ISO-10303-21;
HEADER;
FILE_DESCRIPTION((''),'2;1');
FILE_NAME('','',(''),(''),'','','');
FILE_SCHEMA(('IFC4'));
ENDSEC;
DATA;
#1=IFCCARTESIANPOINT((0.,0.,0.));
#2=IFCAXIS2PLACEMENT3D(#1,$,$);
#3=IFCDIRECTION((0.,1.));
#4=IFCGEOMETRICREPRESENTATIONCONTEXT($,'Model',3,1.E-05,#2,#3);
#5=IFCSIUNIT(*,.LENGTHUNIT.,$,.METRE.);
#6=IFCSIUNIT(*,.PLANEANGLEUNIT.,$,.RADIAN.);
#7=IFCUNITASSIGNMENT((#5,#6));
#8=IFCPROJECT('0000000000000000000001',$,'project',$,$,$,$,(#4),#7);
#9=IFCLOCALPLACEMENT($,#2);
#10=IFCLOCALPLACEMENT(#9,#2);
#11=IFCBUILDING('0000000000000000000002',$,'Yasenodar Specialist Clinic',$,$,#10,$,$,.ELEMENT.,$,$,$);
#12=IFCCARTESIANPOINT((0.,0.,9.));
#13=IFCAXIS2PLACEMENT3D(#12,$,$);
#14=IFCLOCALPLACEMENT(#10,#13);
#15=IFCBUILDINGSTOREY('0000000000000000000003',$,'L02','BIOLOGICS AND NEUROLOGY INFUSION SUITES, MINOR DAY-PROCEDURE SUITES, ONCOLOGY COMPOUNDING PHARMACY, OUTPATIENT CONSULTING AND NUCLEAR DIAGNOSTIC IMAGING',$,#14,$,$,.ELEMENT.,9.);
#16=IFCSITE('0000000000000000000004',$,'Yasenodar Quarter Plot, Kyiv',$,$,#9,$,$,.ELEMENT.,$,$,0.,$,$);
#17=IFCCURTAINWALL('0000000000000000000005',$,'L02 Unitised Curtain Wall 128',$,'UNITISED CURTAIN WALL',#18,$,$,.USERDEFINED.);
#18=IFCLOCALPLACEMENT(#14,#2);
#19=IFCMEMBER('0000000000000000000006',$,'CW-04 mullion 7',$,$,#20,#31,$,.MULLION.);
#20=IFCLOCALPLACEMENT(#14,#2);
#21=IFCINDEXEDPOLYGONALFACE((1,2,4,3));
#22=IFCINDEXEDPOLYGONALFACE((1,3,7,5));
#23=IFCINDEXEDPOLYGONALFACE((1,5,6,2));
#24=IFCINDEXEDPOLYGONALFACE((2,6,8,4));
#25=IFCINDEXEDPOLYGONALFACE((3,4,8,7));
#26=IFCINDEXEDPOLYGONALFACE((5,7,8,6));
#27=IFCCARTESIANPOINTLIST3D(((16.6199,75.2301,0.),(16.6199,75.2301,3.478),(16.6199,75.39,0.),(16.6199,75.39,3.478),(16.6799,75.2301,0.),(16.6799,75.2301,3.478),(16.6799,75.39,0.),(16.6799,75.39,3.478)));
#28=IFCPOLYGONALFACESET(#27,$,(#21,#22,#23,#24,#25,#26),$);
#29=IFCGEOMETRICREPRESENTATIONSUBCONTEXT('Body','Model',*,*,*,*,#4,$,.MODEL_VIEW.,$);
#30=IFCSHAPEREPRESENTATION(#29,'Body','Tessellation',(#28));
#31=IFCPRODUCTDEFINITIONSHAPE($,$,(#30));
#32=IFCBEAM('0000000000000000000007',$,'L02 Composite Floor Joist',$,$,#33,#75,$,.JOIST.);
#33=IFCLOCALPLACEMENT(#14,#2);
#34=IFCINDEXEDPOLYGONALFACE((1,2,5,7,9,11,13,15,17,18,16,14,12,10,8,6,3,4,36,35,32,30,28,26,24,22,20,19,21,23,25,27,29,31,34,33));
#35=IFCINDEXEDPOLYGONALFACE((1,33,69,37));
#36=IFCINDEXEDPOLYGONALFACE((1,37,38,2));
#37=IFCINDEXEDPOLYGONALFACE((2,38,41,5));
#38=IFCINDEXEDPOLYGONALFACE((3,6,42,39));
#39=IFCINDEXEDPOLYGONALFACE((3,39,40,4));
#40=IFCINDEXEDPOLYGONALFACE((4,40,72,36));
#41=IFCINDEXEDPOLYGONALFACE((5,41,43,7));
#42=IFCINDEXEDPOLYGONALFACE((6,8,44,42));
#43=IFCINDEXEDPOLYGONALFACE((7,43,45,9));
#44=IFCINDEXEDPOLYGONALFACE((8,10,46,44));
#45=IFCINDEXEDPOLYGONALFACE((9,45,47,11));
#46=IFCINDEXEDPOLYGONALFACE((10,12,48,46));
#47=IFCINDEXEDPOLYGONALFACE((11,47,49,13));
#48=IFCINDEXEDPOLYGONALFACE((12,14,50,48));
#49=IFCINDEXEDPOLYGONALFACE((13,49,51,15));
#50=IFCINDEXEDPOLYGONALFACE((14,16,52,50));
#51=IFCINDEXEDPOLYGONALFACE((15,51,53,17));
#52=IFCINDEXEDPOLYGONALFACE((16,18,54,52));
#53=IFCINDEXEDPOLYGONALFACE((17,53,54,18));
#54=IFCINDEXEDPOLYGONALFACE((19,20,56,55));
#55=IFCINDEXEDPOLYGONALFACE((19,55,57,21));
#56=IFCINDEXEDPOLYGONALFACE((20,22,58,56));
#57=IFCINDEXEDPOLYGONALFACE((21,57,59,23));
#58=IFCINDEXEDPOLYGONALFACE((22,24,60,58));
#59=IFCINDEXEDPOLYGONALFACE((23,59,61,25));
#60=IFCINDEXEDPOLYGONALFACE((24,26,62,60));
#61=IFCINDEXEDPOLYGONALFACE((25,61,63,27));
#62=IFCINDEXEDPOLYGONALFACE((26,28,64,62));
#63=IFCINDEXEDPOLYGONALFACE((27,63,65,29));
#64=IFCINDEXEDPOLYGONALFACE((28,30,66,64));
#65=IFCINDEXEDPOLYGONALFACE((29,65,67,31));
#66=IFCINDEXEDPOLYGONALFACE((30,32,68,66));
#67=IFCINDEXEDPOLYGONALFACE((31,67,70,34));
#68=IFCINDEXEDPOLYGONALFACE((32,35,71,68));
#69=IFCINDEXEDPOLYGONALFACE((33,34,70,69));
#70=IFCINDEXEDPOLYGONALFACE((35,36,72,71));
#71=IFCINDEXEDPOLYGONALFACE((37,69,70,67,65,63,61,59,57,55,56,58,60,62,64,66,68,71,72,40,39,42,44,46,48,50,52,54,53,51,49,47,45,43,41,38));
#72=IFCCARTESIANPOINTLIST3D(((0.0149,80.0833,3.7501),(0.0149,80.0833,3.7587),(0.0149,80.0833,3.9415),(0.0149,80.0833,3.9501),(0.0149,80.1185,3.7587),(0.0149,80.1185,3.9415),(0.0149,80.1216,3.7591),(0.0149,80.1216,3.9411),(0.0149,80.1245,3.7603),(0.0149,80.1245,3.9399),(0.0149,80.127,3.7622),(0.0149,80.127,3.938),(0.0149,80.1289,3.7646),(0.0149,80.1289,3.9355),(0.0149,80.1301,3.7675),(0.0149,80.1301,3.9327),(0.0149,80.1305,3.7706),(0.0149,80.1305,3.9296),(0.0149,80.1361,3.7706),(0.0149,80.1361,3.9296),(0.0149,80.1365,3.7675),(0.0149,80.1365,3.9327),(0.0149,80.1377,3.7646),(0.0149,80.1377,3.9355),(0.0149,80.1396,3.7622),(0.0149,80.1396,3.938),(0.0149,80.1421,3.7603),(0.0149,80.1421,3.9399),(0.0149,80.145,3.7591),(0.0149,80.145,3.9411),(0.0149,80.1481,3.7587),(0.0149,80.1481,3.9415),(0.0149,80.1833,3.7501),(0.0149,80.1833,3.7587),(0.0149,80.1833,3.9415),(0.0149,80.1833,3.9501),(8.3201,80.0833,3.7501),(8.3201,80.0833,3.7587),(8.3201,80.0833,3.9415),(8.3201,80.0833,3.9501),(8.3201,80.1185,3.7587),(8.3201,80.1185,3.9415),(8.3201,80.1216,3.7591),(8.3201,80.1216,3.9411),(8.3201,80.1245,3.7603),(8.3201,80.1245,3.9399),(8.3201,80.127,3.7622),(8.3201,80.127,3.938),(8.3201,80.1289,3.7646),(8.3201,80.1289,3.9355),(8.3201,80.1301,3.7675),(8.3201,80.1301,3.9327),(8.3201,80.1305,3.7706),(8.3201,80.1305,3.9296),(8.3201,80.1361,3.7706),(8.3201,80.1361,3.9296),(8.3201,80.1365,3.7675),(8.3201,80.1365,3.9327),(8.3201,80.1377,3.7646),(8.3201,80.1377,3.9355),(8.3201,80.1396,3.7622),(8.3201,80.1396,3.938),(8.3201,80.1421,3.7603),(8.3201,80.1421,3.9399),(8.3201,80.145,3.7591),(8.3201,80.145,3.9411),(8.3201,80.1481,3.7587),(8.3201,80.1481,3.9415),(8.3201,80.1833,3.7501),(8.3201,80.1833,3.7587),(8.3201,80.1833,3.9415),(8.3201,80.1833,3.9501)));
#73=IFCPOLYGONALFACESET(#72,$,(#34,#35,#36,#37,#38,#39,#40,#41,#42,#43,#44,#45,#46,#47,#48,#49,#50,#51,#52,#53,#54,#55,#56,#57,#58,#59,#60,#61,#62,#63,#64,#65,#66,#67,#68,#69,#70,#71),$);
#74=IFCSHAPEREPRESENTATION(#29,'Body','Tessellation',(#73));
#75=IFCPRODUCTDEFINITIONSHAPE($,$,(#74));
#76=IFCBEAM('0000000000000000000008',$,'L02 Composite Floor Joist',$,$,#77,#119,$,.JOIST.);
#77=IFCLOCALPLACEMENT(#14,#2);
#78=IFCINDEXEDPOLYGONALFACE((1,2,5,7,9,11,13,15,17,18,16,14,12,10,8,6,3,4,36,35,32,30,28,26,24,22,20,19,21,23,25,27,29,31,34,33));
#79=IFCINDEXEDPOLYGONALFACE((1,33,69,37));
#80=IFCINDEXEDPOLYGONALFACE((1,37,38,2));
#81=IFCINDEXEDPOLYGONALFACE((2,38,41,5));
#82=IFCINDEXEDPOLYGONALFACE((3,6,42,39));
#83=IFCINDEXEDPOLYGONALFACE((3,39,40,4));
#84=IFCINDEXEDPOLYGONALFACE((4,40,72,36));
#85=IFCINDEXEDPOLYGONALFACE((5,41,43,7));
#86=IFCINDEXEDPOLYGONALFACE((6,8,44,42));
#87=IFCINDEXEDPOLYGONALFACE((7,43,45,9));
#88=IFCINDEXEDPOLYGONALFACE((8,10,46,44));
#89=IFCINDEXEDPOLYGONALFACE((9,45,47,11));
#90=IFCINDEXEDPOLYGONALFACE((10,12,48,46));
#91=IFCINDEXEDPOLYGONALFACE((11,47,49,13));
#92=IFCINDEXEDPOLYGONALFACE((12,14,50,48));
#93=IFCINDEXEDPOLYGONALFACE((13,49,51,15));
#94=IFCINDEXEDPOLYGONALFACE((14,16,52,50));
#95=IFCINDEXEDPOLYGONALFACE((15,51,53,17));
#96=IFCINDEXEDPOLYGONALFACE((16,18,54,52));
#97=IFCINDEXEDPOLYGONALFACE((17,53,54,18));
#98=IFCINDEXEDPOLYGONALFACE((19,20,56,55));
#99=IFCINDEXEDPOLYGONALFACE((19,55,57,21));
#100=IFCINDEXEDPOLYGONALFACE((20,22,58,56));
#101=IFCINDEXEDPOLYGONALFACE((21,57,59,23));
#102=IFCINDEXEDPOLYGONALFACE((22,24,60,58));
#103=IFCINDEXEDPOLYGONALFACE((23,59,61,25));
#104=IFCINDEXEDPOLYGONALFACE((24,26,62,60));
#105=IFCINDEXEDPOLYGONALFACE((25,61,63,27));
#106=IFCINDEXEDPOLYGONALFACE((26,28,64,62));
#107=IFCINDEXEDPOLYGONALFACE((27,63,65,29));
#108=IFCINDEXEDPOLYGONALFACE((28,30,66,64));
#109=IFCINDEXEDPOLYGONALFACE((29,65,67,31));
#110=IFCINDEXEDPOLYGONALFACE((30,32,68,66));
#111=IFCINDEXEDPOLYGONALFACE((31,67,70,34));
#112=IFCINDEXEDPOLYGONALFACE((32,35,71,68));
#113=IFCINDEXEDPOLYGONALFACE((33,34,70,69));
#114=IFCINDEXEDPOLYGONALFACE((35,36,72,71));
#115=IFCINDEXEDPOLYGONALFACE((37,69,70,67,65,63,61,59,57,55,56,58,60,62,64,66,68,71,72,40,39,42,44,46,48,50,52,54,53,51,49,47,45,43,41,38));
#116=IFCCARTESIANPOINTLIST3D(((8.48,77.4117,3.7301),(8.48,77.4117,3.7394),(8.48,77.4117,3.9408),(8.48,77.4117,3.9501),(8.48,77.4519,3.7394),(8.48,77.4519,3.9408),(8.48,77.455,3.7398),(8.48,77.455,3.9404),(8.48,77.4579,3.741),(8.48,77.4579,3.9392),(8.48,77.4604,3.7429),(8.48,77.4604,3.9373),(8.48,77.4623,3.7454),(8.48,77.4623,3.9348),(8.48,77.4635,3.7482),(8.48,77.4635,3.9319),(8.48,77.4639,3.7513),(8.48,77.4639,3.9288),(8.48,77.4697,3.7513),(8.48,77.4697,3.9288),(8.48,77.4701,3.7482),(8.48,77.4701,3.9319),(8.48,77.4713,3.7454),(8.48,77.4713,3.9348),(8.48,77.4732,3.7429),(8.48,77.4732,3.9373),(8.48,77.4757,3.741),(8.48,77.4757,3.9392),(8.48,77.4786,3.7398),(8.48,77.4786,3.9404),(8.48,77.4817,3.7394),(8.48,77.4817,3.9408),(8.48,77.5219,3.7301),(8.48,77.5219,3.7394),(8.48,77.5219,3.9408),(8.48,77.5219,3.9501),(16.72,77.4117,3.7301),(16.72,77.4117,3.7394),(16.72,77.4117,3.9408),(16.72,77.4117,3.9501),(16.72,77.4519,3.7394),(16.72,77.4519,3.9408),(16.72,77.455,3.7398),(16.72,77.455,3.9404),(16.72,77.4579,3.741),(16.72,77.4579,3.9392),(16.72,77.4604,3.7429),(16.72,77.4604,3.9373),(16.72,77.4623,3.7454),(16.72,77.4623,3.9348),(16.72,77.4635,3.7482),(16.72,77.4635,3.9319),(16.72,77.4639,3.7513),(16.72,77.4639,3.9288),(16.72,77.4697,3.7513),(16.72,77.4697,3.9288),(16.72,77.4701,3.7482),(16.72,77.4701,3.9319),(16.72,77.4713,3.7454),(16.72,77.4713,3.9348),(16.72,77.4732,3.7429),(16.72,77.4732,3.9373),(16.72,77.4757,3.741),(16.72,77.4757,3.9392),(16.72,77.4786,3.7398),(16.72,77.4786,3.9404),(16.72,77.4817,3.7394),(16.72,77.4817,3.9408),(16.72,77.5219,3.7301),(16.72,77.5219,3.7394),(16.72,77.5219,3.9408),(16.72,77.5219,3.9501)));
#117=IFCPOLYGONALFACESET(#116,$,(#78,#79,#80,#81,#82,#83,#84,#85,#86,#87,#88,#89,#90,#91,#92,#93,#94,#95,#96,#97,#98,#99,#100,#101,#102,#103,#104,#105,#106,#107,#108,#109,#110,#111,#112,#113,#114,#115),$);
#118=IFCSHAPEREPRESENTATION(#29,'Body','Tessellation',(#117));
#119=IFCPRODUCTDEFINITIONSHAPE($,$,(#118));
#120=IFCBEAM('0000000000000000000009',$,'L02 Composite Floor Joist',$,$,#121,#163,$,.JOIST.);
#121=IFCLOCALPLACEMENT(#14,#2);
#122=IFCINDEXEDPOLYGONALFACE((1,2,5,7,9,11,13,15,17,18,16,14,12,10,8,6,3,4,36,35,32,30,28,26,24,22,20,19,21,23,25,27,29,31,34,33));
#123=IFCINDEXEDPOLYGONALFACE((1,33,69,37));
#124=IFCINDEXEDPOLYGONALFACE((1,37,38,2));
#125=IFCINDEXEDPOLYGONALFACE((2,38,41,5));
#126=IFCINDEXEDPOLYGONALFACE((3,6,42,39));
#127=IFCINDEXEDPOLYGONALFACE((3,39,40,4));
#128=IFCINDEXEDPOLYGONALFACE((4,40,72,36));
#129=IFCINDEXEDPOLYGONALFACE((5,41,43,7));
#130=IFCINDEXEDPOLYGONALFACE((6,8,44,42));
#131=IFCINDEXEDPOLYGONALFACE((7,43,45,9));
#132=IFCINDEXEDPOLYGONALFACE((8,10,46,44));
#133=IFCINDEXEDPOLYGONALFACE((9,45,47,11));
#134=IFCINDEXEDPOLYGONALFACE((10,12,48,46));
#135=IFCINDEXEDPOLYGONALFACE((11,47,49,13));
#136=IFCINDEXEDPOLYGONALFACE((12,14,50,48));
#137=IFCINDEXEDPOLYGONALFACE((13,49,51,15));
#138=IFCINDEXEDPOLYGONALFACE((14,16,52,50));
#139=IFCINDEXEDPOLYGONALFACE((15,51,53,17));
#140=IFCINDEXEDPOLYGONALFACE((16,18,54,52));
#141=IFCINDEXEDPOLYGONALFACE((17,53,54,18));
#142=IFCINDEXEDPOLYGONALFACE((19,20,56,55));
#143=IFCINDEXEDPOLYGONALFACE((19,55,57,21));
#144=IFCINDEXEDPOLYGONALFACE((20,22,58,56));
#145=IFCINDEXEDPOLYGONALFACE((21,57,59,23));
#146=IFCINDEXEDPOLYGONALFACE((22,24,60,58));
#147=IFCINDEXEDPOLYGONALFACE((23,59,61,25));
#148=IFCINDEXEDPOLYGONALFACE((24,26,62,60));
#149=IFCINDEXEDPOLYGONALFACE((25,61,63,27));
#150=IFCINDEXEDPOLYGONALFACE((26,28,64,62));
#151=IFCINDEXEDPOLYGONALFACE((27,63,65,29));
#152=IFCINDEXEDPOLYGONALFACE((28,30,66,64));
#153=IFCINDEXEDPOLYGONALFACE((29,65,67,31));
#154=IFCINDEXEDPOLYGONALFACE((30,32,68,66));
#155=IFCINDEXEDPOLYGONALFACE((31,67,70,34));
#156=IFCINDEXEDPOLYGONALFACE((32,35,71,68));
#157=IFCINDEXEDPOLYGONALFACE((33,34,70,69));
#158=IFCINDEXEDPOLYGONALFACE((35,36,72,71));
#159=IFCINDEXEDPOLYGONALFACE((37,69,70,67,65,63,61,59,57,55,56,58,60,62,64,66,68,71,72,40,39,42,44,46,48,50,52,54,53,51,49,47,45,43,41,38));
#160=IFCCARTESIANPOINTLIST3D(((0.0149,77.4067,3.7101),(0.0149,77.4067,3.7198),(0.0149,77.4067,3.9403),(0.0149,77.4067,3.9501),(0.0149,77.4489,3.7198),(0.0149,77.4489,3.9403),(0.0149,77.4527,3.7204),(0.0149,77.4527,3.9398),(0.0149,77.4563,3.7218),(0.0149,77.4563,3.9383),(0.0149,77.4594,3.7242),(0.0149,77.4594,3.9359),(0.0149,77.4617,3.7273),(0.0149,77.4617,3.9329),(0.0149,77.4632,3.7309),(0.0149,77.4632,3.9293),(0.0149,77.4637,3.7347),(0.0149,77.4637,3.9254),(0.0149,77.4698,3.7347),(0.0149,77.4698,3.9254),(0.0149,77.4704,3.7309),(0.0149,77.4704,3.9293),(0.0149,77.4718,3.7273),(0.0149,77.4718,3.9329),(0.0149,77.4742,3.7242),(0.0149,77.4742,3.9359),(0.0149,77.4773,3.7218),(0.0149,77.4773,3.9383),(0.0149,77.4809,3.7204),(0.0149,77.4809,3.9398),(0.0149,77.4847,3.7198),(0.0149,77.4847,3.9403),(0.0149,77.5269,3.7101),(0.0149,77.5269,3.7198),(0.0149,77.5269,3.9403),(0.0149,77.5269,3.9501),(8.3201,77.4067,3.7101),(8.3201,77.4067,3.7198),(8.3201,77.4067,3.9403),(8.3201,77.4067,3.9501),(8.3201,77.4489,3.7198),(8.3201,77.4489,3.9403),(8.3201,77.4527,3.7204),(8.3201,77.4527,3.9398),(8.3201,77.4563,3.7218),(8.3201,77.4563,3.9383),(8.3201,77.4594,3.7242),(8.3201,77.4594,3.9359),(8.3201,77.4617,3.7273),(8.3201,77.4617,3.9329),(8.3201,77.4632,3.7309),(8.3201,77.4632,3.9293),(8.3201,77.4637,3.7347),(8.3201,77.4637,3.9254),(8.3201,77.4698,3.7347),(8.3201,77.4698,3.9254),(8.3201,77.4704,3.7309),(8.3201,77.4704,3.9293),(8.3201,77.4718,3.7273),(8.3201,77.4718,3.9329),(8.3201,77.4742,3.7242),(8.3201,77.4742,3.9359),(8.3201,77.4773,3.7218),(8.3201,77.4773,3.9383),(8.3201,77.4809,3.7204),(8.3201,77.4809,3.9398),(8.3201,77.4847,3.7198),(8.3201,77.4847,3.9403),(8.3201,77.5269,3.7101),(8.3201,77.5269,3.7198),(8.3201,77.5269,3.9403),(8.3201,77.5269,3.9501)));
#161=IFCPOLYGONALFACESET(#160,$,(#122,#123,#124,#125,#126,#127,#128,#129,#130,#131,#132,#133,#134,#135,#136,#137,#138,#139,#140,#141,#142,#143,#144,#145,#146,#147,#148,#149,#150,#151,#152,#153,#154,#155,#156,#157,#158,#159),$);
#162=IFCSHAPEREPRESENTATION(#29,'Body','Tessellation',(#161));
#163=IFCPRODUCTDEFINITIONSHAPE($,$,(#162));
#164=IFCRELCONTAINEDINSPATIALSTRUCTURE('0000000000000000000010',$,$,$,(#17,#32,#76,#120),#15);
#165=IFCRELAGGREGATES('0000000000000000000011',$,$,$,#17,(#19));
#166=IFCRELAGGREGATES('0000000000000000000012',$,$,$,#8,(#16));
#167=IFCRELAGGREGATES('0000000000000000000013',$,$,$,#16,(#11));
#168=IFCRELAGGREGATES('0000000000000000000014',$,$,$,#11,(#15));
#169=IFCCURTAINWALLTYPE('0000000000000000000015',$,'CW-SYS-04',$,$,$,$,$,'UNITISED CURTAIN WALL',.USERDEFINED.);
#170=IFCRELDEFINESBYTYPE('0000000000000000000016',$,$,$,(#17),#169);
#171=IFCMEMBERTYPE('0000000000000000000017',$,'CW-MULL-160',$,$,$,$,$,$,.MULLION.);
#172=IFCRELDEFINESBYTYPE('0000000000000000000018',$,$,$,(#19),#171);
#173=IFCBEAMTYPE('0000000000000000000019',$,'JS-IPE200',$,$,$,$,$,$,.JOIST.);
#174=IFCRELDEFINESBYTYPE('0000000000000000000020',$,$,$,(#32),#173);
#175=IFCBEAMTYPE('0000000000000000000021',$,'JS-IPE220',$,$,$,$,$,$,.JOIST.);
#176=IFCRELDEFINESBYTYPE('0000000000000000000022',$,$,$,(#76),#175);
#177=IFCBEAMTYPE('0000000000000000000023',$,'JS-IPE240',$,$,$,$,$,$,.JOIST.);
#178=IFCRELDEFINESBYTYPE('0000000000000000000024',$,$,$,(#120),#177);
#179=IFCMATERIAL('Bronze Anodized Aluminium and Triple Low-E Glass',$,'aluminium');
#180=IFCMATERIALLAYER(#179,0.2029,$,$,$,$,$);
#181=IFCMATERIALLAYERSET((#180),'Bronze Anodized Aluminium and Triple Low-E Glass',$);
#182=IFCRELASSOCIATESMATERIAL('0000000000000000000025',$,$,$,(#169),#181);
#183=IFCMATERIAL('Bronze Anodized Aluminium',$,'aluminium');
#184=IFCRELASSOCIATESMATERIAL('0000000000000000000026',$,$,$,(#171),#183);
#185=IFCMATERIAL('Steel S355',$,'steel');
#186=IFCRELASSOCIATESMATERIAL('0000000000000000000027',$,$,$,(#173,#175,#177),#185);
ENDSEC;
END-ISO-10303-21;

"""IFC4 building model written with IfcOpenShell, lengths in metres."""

from ifc_helpers import new_model, si_unit, direction, frame, origin, origin_2d, place, context, subcontext, project, spatial, rectangle, i_section, extrude, material, layer, layer_set, material_profile, profile_set, type_object, element, aggregate, save


model = new_model("IFC4")

# Units and contexts
model_context = context("Model", 3, precision=1e-05, world=origin(), true_north=direction((0.0, 1.0)))
body_context = subcontext(model_context, "Body", "Model", "MODEL_VIEW")
ifc_project = project(units=[si_unit("LENGTHUNIT", "METRE"), si_unit("PLANEANGLEUNIT", "RADIAN")], contexts=[model_context])

# Site, building, storey
site_placement = place(None, origin())
site = spatial("IfcSite", under=ifc_project, at=site_placement, Name="Yasenodar Quarter Plot, Kyiv", CompositionType="ELEMENT", RefElevation=0.0)
building_placement = place(site_placement, origin())
building = spatial("IfcBuilding", under=site, at=building_placement, Name="Yasenodar Specialist Clinic", CompositionType="ELEMENT")
storey_placement = place(building_placement, frame((0.0, 0.0, 9.0)))
storey = spatial("IfcBuildingStorey", under=building, at=storey_placement, Name="L02", Description="BIOLOGICS AND NEUROLOGY INFUSION SUITES, MINOR DAY-PROCEDURE SUITES, ONCOLOGY COMPOUNDING PHARMACY, OUTPATIENT CONSULTING AND NUCLEAR DIAGNOSTIC IMAGING", CompositionType="ELEMENT", Elevation=9.0)

# Shared definitions
ifc_material_1 = material(Name="Steel S355", Category="steel")

# Curtain wall, member
ifc_material_2 = material(Name="Bronze Anodized Aluminium and Triple Low-E Glass", Category="aluminium")
ifc_layer_1 = layer(ifc_material_2, 0.2029)
ifc_layer_set_1 = layer_set([ifc_layer_1], Name="Bronze Anodized Aluminium and Triple Low-E Glass")
curtain_wall_type = type_object("IfcCurtainWallType", Name="CW-SYS-04", ElementType="UNITISED CURTAIN WALL", PredefinedType="USERDEFINED", material=ifc_layer_set_1)
curtain_wall_placement = place(storey_placement, origin())
curtain_wall = element("IfcCurtainWall", 1, at=curtain_wall_placement, inside=storey, type_object=curtain_wall_type, Name="L02 Unitised Curtain Wall 128", ObjectType="UNITISED CURTAIN WALL", PredefinedType="USERDEFINED")
ifc_material_3 = material(Name="Bronze Anodized Aluminium", Category="aluminium")
ifc_material_profile_1 = material_profile(ifc_material_3, rectangle(XDim=0.0601, YDim=0.1599, at=origin_2d()), Name="CW-MULL 60x160")
ifc_profile_set_1 = profile_set([ifc_material_profile_1], Name="Bronze Anodized Aluminium")
member_type = type_object("IfcMemberType", Name="CW-MULL-160", PredefinedType="MULLION", material=ifc_profile_set_1)
member_placement = place(storey_placement, frame((16.6499, 75.3101, 0.0), z_axis=(0.0, 0.0, 1.0), x_axis=(1.0, 0.0, 0.0)))
member = element("IfcMember", 2, at=member_placement, type_object=member_type, Name="CW-04 mullion 7", PredefinedType="MULLION", context=body_context, shape_type="SweptSolid", body=[
    extrude(rectangle(XDim=0.0601, YDim=0.1599, at=origin_2d()), origin(), (0.0, 0.0, 1.0), 3.478),
])
aggregate(curtain_wall, [member])

# Beams
ifc_material_profile_2 = material_profile(ifc_material_1, i_section(OverallWidth=0.1001, OverallDepth=0.2, WebThickness=0.0056, FlangeThickness=0.0085, FilletRadius=0.012, at=origin_2d()), Name="IPE 200")
ifc_profile_set_2 = profile_set([ifc_material_profile_2], Name="Steel S355")
beam_type_1 = type_object("IfcBeamType", Name="JS-IPE200", PredefinedType="JOIST", material=ifc_profile_set_2)
beam_1_placement = place(storey_placement, frame((0.0149, 80.1333, 3.8501), z_axis=(1.0, 0.0, 0.0), x_axis=(0.0, 1.0, 0.0)))
element("IfcBeam", 3, at=beam_1_placement, inside=storey, type_object=beam_type_1, Name="L02 Composite Floor Joist", PredefinedType="JOIST", context=body_context, shape_type="SweptSolid", body=[
    extrude(i_section(OverallWidth=0.1001, OverallDepth=0.2, WebThickness=0.0056, FlangeThickness=0.0085, FilletRadius=0.012, at=origin_2d()), origin(), (0.0, 0.0, 1.0), 8.3052),
])
ifc_material_profile_3 = material_profile(ifc_material_1, i_section(OverallWidth=0.1101, OverallDepth=0.22, WebThickness=0.0059, FlangeThickness=0.0093, FilletRadius=0.012, at=origin_2d()), Name="IPE 220")
ifc_profile_set_3 = profile_set([ifc_material_profile_3], Name="Steel S355")
beam_type_2 = type_object("IfcBeamType", Name="JS-IPE220", PredefinedType="JOIST", material=ifc_profile_set_3)
beam_2_placement = place(storey_placement, frame((8.48, 77.4668, 3.8401), z_axis=(1.0, 0.0, 0.0), x_axis=(0.0, 1.0, 0.0)))
element("IfcBeam", 4, at=beam_2_placement, inside=storey, type_object=beam_type_2, Name="L02 Composite Floor Joist", PredefinedType="JOIST", context=body_context, shape_type="SweptSolid", body=[
    extrude(i_section(OverallWidth=0.1101, OverallDepth=0.22, WebThickness=0.0059, FlangeThickness=0.0093, FilletRadius=0.012, at=origin_2d()), origin(), (0.0, 0.0, 1.0), 8.24),
])
ifc_material_profile_4 = material_profile(ifc_material_1, i_section(OverallWidth=0.1201, OverallDepth=0.24, WebThickness=0.0061, FlangeThickness=0.0098, FilletRadius=0.0149, at=origin_2d()), Name="IPE 240")
ifc_profile_set_4 = profile_set([ifc_material_profile_4], Name="Steel S355")
beam_type_3 = type_object("IfcBeamType", Name="JS-IPE240", PredefinedType="JOIST", material=ifc_profile_set_4)
beam_3_placement = place(storey_placement, frame((0.0149, 77.4668, 3.8301), z_axis=(1.0, 0.0, 0.0), x_axis=(0.0, 1.0, 0.0)))
element("IfcBeam", 5, at=beam_3_placement, inside=storey, type_object=beam_type_3, Name="L02 Composite Floor Joist", PredefinedType="JOIST", context=body_context, shape_type="SweptSolid", body=[
    extrude(i_section(OverallWidth=0.1201, OverallDepth=0.24, WebThickness=0.0061, FlangeThickness=0.0098, FilletRadius=0.0149, at=origin_2d()), origin(), (0.0, 0.0, 1.0), 8.3052),
])

save(model, "model.ifc")
